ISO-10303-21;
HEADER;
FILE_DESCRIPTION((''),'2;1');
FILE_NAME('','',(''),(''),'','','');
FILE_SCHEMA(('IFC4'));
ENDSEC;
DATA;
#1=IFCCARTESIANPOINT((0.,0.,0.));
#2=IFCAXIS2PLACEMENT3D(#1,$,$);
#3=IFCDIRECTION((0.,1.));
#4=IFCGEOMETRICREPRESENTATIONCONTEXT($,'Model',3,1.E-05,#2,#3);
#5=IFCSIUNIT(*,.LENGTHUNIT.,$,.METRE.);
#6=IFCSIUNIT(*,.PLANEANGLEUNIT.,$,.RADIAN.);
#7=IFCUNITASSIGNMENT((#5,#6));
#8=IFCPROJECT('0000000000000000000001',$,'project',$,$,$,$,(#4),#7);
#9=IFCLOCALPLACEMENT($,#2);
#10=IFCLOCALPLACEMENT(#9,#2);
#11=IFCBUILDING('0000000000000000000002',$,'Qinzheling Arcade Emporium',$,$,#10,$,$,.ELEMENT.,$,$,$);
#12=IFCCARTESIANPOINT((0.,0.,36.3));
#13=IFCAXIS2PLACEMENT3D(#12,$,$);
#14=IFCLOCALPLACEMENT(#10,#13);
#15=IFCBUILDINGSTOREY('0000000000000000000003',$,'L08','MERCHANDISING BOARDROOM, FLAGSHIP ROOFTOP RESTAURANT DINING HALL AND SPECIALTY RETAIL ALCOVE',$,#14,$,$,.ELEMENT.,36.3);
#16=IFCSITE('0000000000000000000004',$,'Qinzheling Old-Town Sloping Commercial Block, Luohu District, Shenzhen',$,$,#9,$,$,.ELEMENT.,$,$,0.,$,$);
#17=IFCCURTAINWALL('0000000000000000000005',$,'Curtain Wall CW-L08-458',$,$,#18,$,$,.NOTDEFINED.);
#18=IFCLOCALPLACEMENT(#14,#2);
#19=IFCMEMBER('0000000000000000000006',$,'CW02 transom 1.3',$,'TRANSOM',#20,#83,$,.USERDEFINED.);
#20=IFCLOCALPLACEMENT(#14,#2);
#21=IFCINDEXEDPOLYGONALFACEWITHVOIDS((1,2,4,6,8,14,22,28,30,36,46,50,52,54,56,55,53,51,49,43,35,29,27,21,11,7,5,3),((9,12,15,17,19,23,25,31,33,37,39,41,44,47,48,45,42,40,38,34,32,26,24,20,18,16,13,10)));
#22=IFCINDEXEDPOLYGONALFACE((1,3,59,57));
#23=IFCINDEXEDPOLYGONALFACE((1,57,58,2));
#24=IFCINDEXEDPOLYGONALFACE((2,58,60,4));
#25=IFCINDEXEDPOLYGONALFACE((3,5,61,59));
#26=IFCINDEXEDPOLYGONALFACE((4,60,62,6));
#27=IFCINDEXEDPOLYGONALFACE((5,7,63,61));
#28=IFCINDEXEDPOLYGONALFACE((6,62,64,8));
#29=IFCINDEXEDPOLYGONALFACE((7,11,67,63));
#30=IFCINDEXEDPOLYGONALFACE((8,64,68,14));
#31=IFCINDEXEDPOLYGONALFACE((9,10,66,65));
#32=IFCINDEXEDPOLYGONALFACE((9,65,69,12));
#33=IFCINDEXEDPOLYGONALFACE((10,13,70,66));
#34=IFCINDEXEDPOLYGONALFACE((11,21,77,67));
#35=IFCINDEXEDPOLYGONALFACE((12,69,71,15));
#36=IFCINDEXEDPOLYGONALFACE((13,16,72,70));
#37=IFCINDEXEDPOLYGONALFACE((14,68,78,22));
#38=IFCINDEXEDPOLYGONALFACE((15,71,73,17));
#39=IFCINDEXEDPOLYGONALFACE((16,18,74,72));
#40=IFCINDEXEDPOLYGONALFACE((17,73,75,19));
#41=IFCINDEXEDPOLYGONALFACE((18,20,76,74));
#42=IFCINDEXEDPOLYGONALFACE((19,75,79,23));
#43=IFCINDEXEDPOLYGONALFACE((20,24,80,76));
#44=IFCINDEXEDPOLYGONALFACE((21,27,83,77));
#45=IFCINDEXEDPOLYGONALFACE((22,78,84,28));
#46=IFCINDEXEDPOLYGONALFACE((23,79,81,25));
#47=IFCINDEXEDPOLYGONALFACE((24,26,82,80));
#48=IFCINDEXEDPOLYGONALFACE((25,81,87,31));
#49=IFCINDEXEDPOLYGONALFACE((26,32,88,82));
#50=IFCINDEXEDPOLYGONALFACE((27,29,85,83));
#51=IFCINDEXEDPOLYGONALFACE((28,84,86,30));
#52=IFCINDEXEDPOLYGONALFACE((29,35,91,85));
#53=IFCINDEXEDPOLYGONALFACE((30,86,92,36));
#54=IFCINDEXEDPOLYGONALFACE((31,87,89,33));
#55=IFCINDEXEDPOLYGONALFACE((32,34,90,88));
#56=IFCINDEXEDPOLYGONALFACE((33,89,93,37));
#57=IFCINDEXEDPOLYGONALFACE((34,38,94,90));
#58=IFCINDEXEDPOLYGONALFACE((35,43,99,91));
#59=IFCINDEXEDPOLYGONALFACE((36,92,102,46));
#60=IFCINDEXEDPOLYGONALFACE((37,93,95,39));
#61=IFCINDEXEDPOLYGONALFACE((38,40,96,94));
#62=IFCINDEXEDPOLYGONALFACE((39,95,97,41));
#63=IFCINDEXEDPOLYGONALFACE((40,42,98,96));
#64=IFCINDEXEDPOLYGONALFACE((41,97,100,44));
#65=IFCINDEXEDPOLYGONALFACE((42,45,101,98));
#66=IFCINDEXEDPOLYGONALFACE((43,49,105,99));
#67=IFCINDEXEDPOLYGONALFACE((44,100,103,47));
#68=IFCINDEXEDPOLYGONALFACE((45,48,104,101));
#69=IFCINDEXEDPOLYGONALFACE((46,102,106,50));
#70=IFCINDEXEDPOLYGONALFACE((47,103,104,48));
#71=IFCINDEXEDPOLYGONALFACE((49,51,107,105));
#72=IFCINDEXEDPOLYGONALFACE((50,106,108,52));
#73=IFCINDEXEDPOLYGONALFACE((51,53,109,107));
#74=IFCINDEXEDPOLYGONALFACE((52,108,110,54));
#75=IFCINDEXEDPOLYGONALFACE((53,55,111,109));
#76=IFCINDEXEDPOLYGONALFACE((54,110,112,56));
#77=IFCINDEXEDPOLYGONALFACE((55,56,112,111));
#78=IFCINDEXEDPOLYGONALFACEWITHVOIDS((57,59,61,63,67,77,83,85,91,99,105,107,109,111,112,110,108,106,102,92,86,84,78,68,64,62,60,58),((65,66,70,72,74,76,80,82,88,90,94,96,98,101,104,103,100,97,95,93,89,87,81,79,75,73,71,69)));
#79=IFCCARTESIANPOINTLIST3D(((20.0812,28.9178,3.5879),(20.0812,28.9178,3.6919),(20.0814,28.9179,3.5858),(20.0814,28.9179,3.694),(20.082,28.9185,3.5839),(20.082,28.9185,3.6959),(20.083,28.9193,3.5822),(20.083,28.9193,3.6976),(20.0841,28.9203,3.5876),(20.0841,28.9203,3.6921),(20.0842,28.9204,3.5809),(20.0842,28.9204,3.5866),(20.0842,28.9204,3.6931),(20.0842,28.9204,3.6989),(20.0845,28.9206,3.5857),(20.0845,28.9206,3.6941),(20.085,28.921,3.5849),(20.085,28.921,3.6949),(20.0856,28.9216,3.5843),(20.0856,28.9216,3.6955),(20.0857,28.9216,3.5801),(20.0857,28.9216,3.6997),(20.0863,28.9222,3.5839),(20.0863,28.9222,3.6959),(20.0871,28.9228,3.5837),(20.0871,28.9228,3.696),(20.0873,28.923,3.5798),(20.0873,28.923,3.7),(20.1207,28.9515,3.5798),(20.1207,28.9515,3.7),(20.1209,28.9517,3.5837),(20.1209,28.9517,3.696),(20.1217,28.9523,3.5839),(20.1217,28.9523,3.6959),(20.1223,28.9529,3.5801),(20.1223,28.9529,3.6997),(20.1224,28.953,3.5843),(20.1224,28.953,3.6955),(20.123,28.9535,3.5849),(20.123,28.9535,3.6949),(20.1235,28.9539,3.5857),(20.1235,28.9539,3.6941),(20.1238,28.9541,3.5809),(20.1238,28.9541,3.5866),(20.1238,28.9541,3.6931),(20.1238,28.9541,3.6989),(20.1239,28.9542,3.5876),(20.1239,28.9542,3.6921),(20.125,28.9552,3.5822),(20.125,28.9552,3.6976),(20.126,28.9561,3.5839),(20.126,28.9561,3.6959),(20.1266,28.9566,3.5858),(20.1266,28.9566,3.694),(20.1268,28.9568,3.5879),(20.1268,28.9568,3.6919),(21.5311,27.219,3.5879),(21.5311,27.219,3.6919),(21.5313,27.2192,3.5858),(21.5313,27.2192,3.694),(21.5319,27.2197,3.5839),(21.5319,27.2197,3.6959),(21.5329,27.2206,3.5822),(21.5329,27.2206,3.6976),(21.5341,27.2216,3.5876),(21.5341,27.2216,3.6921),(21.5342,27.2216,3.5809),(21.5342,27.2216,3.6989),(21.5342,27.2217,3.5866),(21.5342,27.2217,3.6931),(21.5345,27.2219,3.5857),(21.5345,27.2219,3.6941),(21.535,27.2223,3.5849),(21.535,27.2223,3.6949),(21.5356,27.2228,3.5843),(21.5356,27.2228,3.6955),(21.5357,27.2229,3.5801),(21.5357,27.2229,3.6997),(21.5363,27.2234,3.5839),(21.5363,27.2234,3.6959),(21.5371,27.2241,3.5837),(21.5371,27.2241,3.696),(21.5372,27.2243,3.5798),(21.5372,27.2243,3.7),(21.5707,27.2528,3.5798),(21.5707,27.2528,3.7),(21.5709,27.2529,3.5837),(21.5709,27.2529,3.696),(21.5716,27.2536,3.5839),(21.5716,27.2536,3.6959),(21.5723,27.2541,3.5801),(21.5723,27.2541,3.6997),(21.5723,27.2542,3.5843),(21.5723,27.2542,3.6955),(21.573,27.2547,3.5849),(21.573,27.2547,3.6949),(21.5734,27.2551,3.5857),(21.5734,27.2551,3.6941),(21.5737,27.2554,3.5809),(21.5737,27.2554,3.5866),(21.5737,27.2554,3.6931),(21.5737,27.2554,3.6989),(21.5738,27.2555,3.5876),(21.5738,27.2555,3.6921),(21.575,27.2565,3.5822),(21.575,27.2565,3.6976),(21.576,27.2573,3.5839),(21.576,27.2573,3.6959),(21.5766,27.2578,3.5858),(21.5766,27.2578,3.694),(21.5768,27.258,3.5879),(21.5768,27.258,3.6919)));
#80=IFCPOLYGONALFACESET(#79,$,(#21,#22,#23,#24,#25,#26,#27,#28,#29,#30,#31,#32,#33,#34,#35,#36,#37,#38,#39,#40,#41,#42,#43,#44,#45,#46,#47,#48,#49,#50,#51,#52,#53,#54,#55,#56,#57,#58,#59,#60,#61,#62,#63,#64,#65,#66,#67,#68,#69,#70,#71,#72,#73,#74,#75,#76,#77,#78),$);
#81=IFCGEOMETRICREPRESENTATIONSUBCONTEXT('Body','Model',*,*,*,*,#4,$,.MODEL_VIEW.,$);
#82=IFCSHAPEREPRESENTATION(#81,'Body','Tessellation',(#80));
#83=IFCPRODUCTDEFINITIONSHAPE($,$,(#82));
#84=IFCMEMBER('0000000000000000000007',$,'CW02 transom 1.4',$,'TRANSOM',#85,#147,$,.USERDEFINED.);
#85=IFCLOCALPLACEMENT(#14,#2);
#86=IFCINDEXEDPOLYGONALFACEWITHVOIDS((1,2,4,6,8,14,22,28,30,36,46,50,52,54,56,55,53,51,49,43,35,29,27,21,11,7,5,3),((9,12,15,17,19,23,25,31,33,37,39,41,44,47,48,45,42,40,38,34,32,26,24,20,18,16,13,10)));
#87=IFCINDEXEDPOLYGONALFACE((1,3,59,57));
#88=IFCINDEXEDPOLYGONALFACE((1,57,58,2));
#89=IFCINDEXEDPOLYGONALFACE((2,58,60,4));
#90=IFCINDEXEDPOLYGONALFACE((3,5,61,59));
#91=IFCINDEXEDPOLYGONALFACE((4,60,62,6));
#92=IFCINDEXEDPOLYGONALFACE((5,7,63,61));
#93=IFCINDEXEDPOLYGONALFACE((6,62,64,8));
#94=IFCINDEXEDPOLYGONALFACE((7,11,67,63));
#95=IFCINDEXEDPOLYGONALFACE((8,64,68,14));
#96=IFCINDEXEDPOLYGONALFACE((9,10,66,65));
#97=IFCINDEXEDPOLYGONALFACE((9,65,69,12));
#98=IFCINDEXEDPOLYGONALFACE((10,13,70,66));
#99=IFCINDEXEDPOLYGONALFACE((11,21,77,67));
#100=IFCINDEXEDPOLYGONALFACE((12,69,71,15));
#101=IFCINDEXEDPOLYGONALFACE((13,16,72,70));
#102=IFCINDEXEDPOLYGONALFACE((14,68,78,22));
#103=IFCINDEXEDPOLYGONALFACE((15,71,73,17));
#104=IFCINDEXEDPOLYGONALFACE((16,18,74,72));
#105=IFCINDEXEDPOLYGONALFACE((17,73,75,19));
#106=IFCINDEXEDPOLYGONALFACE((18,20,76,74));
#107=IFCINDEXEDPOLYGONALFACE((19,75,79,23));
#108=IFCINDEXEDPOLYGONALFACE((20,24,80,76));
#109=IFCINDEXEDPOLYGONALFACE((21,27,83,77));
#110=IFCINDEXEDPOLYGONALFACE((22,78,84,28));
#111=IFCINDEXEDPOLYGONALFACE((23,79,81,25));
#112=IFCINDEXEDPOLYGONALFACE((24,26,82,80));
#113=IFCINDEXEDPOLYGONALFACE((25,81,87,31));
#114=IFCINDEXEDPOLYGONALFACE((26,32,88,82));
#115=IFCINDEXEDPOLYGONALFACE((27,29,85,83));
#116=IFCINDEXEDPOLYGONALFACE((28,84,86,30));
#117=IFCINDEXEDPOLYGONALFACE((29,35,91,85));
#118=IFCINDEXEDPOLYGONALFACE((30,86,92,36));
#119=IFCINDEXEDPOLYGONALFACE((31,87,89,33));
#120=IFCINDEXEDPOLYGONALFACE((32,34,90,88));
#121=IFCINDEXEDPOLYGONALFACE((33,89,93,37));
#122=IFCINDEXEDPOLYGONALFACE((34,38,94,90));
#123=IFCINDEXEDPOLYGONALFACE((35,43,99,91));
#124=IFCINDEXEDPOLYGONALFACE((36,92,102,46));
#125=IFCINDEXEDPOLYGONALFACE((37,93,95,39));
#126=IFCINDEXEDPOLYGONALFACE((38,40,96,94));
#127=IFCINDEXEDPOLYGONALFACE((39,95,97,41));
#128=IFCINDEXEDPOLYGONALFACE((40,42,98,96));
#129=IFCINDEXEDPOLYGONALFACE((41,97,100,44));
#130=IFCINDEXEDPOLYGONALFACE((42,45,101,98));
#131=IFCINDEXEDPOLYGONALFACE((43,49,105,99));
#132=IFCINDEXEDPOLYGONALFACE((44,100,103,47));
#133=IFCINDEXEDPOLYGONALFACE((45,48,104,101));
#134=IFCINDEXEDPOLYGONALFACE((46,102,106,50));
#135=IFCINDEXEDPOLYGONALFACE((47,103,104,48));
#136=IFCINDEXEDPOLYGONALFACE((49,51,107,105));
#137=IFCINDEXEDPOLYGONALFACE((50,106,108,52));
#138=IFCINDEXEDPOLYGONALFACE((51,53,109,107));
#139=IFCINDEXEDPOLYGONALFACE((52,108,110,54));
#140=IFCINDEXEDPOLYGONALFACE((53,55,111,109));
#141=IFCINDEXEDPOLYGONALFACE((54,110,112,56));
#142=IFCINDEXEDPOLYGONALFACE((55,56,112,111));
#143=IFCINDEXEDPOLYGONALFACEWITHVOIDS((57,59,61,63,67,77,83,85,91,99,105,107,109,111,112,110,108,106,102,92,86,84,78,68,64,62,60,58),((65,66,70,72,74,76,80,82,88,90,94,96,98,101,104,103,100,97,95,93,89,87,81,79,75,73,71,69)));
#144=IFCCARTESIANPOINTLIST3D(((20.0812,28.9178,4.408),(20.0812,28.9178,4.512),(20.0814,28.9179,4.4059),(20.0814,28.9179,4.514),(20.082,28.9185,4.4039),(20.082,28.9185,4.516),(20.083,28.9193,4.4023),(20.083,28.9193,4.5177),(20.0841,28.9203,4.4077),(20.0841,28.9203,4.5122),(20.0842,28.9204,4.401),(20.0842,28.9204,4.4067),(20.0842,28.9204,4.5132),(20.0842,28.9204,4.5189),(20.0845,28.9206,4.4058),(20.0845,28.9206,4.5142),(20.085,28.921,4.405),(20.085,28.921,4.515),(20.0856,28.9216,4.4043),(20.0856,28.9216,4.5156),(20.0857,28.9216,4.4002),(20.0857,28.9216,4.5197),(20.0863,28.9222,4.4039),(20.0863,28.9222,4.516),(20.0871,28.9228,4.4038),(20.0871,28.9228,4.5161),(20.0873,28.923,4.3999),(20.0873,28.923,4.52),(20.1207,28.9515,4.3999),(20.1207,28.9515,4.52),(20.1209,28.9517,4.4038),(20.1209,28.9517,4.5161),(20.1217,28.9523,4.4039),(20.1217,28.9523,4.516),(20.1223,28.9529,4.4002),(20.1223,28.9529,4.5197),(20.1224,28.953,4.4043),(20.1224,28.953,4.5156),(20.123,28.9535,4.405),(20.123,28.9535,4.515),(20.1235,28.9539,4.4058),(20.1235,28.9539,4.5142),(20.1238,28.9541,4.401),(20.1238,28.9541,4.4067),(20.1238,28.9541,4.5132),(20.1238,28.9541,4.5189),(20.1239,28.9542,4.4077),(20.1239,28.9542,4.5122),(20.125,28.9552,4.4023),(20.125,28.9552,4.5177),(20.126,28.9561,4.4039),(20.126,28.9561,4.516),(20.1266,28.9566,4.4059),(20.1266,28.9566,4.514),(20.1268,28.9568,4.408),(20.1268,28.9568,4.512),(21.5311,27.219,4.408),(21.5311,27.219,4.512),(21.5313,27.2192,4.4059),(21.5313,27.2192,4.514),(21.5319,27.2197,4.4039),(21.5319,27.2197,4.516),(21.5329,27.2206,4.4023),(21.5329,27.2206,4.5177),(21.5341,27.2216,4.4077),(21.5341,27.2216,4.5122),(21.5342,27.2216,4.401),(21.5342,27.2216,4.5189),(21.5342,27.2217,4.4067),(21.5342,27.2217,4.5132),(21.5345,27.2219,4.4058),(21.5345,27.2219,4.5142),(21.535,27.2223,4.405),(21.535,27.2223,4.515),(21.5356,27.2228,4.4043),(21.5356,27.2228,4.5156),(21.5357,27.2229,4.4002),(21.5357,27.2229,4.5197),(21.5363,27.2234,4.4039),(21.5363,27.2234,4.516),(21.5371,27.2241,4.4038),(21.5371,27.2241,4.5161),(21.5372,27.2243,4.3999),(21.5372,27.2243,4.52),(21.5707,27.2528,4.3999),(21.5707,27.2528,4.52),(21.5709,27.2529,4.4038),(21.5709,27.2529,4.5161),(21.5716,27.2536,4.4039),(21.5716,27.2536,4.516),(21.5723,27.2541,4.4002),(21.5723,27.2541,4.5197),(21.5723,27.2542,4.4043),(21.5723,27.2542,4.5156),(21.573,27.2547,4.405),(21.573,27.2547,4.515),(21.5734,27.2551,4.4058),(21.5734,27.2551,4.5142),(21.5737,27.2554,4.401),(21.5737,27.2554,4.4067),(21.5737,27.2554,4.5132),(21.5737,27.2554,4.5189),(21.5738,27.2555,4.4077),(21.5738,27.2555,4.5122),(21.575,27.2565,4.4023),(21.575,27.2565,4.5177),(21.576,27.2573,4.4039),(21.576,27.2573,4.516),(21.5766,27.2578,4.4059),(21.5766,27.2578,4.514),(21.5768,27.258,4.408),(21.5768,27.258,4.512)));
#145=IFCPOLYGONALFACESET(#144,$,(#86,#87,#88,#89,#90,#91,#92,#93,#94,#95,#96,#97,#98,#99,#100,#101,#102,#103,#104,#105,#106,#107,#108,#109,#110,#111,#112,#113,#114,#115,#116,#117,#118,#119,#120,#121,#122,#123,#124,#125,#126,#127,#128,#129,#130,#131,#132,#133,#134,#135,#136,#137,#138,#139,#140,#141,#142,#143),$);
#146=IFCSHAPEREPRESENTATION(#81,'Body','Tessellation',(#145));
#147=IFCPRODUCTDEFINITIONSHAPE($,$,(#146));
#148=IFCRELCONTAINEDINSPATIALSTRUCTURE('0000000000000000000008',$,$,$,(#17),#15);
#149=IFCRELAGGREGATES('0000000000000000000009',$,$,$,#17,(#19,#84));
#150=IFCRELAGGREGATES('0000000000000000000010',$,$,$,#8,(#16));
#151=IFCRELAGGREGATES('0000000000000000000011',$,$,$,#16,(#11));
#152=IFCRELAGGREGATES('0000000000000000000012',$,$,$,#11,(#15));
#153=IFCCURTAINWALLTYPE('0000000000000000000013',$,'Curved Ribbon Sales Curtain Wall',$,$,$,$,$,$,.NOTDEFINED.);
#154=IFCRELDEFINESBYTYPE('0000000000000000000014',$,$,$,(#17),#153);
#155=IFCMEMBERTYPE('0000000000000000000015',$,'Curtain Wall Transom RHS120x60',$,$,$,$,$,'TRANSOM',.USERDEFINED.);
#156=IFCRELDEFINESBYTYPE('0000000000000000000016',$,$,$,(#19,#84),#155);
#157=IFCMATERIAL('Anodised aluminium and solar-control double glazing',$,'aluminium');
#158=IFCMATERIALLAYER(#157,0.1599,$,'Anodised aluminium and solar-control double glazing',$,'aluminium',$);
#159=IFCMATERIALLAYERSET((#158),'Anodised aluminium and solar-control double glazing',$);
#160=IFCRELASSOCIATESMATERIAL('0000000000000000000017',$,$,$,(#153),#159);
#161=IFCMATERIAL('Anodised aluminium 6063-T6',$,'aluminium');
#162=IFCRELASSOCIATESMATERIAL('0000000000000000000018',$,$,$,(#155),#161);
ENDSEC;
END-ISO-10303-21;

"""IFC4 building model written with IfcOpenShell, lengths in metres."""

from ifc_helpers import new_model, si_unit, direction, frame, origin, origin_2d, place, context, subcontext, project, spatial, hollow_rectangle, extrude, material, layer, layer_set, material_profile, profile_set, type_object, element, aggregate, save


model = new_model("IFC4")

# Units and contexts
model_context = context("Model", 3, precision=1e-05, world=origin(), true_north=direction((0.0, 1.0)))
body_context = subcontext(model_context, "Body", "Model", "MODEL_VIEW")
ifc_project = project(units=[si_unit("LENGTHUNIT", "METRE"), si_unit("PLANEANGLEUNIT", "RADIAN")], contexts=[model_context])

# Site, building, storey
site_placement = place(None, origin())
site = spatial("IfcSite", under=ifc_project, at=site_placement, Name="Qinzheling Old-Town Sloping Commercial Block, Luohu District, Shenzhen", CompositionType="ELEMENT", RefElevation=0.0)
building_placement = place(site_placement, origin())
building = spatial("IfcBuilding", under=site, at=building_placement, Name="Qinzheling Arcade Emporium", CompositionType="ELEMENT")
storey_placement = place(building_placement, frame((0.0, 0.0, 36.3)))
storey = spatial("IfcBuildingStorey", under=building, at=storey_placement, Name="L08", Description="MERCHANDISING BOARDROOM, FLAGSHIP ROOFTOP RESTAURANT DINING HALL AND SPECIALTY RETAIL ALCOVE", CompositionType="ELEMENT", Elevation=36.3)

# Shared definitions
ifc_material_1 = material(Name="Anodised aluminium and solar-control double glazing", Category="aluminium")
ifc_layer_1 = layer(ifc_material_1, 0.1599, Name="Anodised aluminium and solar-control double glazing", Category="aluminium")
ifc_layer_set_1 = layer_set([ifc_layer_1], Name="Anodised aluminium and solar-control double glazing")
curtain_wall_type_1 = type_object("IfcCurtainWallType", Name="Curved Ribbon Sales Curtain Wall", PredefinedType="NOTDEFINED", material=ifc_layer_set_1)
ifc_material_2 = material(Name="Anodised aluminium 6063-T6", Category="aluminium")

# Curtain wall
curtain_wall_1_placement = place(storey_placement, origin())
curtain_wall_1 = element("IfcCurtainWall", 1, at=curtain_wall_1_placement, inside=storey, type_object=curtain_wall_type_1, Name="Curtain Wall CW-L08-458", PredefinedType="NOTDEFINED")

# Members
ifc_material_profile_1 = material_profile(ifc_material_2, hollow_rectangle(XDim=0.0601, YDim=0.1201, WallThickness=0.0039, InnerFilletRadius=0.0039, OuterFilletRadius=0.0081, at=origin_2d()), Name="RHS 120x60x4", Category="aluminium")
ifc_profile_set_1 = profile_set([ifc_material_profile_1], Name="Anodised aluminium 6063-T6")
member_type_1 = type_object("IfcMemberType", Name="Curtain Wall Transom RHS120x60", ElementType="TRANSOM", PredefinedType="USERDEFINED", material=ifc_profile_set_1)
member_1_placement = place(storey_placement, frame((21.554, 27.2385, 3.6399), z_axis=(-0.649215, 0.760605, 0.0), x_axis=(-0.760605, -0.649215, 0.0)))
member_1 = element("IfcMember", 2, at=member_1_placement, type_object=member_type_1, Name="CW02 transom 1.3", ObjectType="TRANSOM", PredefinedType="USERDEFINED", context=body_context, shape_type="SweptSolid", body=[
    extrude(hollow_rectangle(XDim=0.0601, YDim=0.1201, WallThickness=0.0039, InnerFilletRadius=0.0039, OuterFilletRadius=0.0081, at=origin_2d()), origin(), (0.0, 0.0, 1.0), 2.2334),
])
member_2_placement = place(storey_placement, frame((21.554, 27.2385, 4.46), z_axis=(-0.649215, 0.760605, 0.0), x_axis=(-0.760605, -0.649215, 0.0)))
member_2 = element("IfcMember", 3, at=member_2_placement, type_object=member_type_1, Name="CW02 transom 1.4", ObjectType="TRANSOM", PredefinedType="USERDEFINED", context=body_context, shape_type="SweptSolid", body=[
    extrude(hollow_rectangle(XDim=0.0601, YDim=0.1201, WallThickness=0.0039, InnerFilletRadius=0.0039, OuterFilletRadius=0.0081, at=origin_2d()), origin(), (0.0, 0.0, 1.0), 2.2334),
])

aggregate(curtain_wall_1, [member_1, member_2])

save(model, "model.ifc")
